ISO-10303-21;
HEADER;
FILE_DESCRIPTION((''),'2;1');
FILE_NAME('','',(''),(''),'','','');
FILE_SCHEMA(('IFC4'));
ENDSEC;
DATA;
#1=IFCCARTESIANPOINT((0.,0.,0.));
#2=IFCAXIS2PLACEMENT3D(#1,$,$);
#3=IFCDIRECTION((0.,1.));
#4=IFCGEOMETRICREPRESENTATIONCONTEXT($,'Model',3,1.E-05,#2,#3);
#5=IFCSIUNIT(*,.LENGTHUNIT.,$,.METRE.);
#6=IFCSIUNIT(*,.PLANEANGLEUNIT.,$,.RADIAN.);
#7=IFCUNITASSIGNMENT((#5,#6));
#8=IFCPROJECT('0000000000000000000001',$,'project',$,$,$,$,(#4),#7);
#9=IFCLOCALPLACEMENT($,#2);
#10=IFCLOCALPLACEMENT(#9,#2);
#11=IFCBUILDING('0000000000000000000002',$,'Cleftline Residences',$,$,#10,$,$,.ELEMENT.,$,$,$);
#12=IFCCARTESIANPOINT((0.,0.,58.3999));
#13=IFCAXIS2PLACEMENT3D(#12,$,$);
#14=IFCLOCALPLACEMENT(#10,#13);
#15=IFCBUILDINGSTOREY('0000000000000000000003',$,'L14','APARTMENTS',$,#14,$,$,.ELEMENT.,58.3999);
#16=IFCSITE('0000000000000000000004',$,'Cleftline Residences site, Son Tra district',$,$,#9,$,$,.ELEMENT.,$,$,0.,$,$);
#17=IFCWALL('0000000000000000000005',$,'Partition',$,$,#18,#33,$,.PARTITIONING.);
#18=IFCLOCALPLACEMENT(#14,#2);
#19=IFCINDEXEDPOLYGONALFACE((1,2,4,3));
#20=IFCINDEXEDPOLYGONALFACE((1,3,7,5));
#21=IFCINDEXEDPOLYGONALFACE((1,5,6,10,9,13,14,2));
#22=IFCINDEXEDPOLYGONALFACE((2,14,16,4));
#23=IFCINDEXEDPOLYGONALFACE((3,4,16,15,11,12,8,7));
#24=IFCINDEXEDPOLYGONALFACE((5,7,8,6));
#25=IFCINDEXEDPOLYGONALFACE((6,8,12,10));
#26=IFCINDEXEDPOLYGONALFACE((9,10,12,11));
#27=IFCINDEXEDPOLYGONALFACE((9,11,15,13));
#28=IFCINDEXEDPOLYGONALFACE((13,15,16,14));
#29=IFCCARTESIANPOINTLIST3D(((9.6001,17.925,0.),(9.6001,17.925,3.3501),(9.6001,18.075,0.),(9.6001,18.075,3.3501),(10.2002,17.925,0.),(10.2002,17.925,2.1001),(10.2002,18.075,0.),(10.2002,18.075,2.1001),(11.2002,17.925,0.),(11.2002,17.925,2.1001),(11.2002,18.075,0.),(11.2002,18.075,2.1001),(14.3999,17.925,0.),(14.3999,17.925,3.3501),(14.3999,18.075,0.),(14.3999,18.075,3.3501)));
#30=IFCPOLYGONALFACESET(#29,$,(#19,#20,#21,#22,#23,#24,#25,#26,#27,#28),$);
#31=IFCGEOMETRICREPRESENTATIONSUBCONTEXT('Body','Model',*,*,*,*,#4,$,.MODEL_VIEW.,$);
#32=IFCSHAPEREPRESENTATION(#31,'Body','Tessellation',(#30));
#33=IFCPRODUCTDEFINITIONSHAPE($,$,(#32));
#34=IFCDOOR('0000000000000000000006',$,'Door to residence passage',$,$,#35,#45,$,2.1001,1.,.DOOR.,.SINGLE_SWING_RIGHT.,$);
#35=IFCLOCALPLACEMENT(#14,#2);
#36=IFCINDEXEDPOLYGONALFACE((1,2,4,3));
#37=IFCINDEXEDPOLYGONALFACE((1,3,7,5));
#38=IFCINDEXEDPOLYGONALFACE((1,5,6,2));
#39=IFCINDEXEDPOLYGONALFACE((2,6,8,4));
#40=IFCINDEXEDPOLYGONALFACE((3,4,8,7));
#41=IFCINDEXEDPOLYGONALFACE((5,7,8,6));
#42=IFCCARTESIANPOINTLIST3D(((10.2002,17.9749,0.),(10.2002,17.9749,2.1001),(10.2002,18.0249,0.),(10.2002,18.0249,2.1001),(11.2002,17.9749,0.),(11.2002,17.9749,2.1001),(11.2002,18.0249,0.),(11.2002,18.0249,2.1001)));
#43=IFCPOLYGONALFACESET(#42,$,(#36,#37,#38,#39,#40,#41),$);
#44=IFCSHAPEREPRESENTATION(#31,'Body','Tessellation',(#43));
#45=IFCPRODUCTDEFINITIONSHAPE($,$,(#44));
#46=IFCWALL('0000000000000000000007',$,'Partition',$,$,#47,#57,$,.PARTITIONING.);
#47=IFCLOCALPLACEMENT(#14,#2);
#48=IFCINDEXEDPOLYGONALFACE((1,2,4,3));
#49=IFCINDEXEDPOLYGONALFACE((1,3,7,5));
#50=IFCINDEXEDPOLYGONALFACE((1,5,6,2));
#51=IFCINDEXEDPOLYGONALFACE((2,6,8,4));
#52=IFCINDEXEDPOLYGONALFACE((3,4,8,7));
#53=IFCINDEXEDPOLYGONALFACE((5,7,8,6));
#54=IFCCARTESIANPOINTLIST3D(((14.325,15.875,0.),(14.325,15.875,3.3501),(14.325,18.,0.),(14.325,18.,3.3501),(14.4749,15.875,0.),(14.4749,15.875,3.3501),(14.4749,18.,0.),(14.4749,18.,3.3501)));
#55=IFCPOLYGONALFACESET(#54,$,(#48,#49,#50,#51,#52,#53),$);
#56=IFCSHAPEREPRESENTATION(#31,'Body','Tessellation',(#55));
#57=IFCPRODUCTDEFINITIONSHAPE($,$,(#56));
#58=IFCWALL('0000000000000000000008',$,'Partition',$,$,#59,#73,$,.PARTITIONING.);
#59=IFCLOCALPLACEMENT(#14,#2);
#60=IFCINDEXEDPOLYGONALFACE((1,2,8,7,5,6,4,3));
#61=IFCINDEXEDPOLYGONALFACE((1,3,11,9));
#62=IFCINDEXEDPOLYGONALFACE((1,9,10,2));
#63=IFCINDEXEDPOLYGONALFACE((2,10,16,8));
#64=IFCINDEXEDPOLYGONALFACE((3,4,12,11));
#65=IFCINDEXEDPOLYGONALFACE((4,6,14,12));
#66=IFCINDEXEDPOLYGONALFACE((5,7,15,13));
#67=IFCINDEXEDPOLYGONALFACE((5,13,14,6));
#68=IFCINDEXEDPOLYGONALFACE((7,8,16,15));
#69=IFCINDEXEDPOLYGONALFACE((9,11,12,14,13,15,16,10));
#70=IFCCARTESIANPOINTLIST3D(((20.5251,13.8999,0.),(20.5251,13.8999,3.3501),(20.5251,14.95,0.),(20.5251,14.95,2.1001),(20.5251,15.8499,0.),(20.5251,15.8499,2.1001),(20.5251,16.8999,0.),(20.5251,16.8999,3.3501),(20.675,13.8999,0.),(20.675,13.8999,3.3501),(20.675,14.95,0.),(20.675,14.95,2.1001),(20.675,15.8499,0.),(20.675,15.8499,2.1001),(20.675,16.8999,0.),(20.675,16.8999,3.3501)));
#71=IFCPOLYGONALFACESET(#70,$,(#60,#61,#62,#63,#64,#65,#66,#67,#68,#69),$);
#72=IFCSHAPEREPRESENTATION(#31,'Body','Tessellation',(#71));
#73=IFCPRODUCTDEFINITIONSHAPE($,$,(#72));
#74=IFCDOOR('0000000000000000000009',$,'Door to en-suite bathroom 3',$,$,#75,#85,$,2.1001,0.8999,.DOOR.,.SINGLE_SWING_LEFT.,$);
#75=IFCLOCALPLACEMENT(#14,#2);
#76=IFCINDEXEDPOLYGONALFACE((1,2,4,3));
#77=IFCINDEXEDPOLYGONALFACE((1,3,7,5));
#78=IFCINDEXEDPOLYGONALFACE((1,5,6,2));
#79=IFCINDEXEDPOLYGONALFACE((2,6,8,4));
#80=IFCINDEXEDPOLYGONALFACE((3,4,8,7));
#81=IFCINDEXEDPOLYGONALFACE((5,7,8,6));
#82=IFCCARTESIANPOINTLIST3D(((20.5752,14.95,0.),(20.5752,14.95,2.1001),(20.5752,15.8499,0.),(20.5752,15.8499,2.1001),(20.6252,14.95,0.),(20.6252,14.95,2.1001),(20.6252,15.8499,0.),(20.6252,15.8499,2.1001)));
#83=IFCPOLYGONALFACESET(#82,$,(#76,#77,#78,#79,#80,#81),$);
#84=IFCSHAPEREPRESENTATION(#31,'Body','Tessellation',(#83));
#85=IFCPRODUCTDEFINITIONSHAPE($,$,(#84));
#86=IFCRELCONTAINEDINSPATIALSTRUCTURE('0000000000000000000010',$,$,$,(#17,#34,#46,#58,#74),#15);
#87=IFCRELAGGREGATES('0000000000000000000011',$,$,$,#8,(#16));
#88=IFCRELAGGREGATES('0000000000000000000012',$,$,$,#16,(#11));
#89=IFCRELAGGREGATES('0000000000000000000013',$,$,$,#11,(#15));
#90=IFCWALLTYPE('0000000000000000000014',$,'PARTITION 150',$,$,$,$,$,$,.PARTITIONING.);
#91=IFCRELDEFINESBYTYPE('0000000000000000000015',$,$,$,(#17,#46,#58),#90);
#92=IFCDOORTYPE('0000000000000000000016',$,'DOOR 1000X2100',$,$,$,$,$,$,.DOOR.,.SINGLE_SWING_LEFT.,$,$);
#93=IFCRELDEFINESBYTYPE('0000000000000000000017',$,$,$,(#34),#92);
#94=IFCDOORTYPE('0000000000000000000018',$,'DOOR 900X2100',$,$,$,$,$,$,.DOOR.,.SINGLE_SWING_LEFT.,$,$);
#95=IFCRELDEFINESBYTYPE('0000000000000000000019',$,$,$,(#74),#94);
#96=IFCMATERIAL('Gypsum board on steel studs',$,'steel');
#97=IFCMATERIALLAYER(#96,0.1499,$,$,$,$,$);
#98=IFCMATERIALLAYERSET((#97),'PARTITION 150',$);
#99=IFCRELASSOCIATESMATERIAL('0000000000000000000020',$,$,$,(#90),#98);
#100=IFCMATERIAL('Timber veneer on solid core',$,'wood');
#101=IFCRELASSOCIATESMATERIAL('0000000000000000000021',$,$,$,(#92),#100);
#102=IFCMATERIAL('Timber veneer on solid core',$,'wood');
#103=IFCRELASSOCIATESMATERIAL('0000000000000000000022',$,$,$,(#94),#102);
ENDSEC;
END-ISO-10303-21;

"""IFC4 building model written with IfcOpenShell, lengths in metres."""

from ifc_helpers import new_model, si_unit, direction, frame, frame_2d, origin, place, context, subcontext, project, spatial, rectangle, extrude, material, layer, layer_set, type_object, element, fill, save


model = new_model("IFC4")

# Units and contexts
model_context = context("Model", 3, precision=1e-05, world=origin(), true_north=direction((0.0, 1.0)))
body_context = subcontext(model_context, "Body", "Model", "MODEL_VIEW")
ifc_project = project(units=[si_unit("LENGTHUNIT", "METRE"), si_unit("PLANEANGLEUNIT", "RADIAN")], contexts=[model_context])

# Site, building, storey
site_placement = place(None, origin())
site = spatial("IfcSite", under=ifc_project, at=site_placement, Name="Cleftline Residences site, Son Tra district", CompositionType="ELEMENT", RefElevation=0.0)
building_placement = place(site_placement, origin())
building = spatial("IfcBuilding", under=site, at=building_placement, Name="Cleftline Residences", CompositionType="ELEMENT")
storey_placement = place(building_placement, frame((0.0, 0.0, 58.3999)))
storey = spatial("IfcBuildingStorey", under=building, at=storey_placement, Name="L14", Description="APARTMENTS", CompositionType="ELEMENT", Elevation=58.3999)

# Shared definitions
ifc_material_1 = material(Name="Gypsum board on steel studs", Category="steel")
ifc_layer_1 = layer(ifc_material_1, 0.1499)
ifc_layer_set_1 = layer_set([ifc_layer_1], Name="PARTITION 150")
wall_type_1 = type_object("IfcWallType", Name="PARTITION 150", PredefinedType="PARTITIONING", material=ifc_layer_set_1)

# Wall, opening, door
wall_1_placement = place(storey_placement, frame((9.6001, 18.0, 0.0), z_axis=(0.0, 0.0, 1.0), x_axis=(1.0, 0.0, 0.0)))
wall_1 = element("IfcWall", 1, at=wall_1_placement, inside=storey, type_object=wall_type_1, Name="Partition", PredefinedType="PARTITIONING", context=body_context, shape_type="SweptSolid", body=[
    extrude(rectangle(XDim=4.7998, YDim=0.1499, at=frame_2d((2.3999, 0.0))), origin(), (0.0, 0.0, 1.0), 3.3501),
])
opening_1_placement = place(wall_1_placement, frame((0.6001, 0.0, 0.0)))
opening_1 = element("IfcOpeningElement", 2, at=opening_1_placement, cuts=wall_1, PredefinedType="OPENING", context=body_context, shape_type="SweptSolid", body=[
    extrude(rectangle(XDim=1.0, YDim=2.1001, at=frame_2d((0.5, 1.05))), frame((0.0, 0.085, 0.0), z_axis=(0.0, -1.0, 0.0), x_axis=(1.0, 0.0, 0.0)), (0.0, 0.0, 1.0), 0.1699),
])
ifc_material_2 = material(Name="Timber veneer on solid core", Category="wood")
door_type_1 = type_object("IfcDoorType", Name="DOOR 1000X2100", OperationType="SINGLE_SWING_LEFT", PredefinedType="DOOR", material=ifc_material_2)
door_1_placement = place(opening_1_placement, origin())
door_1 = element("IfcDoor", 3, at=door_1_placement, inside=storey, type_object=door_type_1, Name="Door to residence passage", OperationType="SINGLE_SWING_RIGHT", OverallHeight=2.1001, OverallWidth=1.0, PredefinedType="DOOR", context=body_context, shape_type="SweptSolid", body=[
    extrude(rectangle(XDim=1.0, YDim=2.1001, at=frame_2d((0.5, 1.05))), frame((0.0, 0.0249, 0.0), z_axis=(0.0, -1.0, 0.0), x_axis=(1.0, 0.0, 0.0)), (0.0, 0.0, 1.0), 0.05),
])
fill(opening_1, door_1)

# Wall
wall_2_placement = place(storey_placement, frame((14.3999, 15.875, 0.0), z_axis=(0.0, 0.0, 1.0), x_axis=(0.0, 1.0, 0.0)))
element("IfcWall", 4, at=wall_2_placement, inside=storey, type_object=wall_type_1, Name="Partition", PredefinedType="PARTITIONING", context=body_context, shape_type="SweptSolid", body=[
    extrude(rectangle(XDim=2.125, YDim=0.1499, at=frame_2d((1.0625, 0.0))), origin(), (0.0, 0.0, 1.0), 3.3501),
])

# Wall, opening, door
wall_3_placement = place(storey_placement, frame((20.6001, 13.8999, 0.0), z_axis=(0.0, 0.0, 1.0), x_axis=(0.0, 1.0, 0.0)))
wall_3 = element("IfcWall", 5, at=wall_3_placement, inside=storey, type_object=wall_type_1, Name="Partition", PredefinedType="PARTITIONING", context=body_context, shape_type="SweptSolid", body=[
    extrude(rectangle(XDim=3.0, YDim=0.1499, at=frame_2d((1.5, 0.0))), origin(), (0.0, 0.0, 1.0), 3.3501),
])
opening_2_placement = place(wall_3_placement, frame((1.05, 0.0, 0.0)))
opening_2 = element("IfcOpeningElement", 6, at=opening_2_placement, cuts=wall_3, PredefinedType="OPENING", context=body_context, shape_type="SweptSolid", body=[
    extrude(rectangle(XDim=0.8999, YDim=2.1001, at=frame_2d((0.45, 1.05))), frame((0.0, 0.085, 0.0), z_axis=(0.0, -1.0, 0.0), x_axis=(1.0, 0.0, 0.0)), (0.0, 0.0, 1.0), 0.1699),
])
ifc_material_3 = material(Name="Timber veneer on solid core", Category="wood")
door_type_2 = type_object("IfcDoorType", Name="DOOR 900X2100", OperationType="SINGLE_SWING_LEFT", PredefinedType="DOOR", material=ifc_material_3)
door_2_placement = place(opening_2_placement, origin())
door_2 = element("IfcDoor", 7, at=door_2_placement, inside=storey, type_object=door_type_2, Name="Door to en-suite bathroom 3", OperationType="SINGLE_SWING_LEFT", OverallHeight=2.1001, OverallWidth=0.8999, PredefinedType="DOOR", context=body_context, shape_type="SweptSolid", body=[
    extrude(rectangle(XDim=0.8999, YDim=2.1001, at=frame_2d((0.45, 1.05))), frame((0.0, 0.0249, 0.0), z_axis=(0.0, -1.0, 0.0), x_axis=(1.0, 0.0, 0.0)), (0.0, 0.0, 1.0), 0.05),
])
fill(opening_2, door_2)

save(model, "model.ifc")
